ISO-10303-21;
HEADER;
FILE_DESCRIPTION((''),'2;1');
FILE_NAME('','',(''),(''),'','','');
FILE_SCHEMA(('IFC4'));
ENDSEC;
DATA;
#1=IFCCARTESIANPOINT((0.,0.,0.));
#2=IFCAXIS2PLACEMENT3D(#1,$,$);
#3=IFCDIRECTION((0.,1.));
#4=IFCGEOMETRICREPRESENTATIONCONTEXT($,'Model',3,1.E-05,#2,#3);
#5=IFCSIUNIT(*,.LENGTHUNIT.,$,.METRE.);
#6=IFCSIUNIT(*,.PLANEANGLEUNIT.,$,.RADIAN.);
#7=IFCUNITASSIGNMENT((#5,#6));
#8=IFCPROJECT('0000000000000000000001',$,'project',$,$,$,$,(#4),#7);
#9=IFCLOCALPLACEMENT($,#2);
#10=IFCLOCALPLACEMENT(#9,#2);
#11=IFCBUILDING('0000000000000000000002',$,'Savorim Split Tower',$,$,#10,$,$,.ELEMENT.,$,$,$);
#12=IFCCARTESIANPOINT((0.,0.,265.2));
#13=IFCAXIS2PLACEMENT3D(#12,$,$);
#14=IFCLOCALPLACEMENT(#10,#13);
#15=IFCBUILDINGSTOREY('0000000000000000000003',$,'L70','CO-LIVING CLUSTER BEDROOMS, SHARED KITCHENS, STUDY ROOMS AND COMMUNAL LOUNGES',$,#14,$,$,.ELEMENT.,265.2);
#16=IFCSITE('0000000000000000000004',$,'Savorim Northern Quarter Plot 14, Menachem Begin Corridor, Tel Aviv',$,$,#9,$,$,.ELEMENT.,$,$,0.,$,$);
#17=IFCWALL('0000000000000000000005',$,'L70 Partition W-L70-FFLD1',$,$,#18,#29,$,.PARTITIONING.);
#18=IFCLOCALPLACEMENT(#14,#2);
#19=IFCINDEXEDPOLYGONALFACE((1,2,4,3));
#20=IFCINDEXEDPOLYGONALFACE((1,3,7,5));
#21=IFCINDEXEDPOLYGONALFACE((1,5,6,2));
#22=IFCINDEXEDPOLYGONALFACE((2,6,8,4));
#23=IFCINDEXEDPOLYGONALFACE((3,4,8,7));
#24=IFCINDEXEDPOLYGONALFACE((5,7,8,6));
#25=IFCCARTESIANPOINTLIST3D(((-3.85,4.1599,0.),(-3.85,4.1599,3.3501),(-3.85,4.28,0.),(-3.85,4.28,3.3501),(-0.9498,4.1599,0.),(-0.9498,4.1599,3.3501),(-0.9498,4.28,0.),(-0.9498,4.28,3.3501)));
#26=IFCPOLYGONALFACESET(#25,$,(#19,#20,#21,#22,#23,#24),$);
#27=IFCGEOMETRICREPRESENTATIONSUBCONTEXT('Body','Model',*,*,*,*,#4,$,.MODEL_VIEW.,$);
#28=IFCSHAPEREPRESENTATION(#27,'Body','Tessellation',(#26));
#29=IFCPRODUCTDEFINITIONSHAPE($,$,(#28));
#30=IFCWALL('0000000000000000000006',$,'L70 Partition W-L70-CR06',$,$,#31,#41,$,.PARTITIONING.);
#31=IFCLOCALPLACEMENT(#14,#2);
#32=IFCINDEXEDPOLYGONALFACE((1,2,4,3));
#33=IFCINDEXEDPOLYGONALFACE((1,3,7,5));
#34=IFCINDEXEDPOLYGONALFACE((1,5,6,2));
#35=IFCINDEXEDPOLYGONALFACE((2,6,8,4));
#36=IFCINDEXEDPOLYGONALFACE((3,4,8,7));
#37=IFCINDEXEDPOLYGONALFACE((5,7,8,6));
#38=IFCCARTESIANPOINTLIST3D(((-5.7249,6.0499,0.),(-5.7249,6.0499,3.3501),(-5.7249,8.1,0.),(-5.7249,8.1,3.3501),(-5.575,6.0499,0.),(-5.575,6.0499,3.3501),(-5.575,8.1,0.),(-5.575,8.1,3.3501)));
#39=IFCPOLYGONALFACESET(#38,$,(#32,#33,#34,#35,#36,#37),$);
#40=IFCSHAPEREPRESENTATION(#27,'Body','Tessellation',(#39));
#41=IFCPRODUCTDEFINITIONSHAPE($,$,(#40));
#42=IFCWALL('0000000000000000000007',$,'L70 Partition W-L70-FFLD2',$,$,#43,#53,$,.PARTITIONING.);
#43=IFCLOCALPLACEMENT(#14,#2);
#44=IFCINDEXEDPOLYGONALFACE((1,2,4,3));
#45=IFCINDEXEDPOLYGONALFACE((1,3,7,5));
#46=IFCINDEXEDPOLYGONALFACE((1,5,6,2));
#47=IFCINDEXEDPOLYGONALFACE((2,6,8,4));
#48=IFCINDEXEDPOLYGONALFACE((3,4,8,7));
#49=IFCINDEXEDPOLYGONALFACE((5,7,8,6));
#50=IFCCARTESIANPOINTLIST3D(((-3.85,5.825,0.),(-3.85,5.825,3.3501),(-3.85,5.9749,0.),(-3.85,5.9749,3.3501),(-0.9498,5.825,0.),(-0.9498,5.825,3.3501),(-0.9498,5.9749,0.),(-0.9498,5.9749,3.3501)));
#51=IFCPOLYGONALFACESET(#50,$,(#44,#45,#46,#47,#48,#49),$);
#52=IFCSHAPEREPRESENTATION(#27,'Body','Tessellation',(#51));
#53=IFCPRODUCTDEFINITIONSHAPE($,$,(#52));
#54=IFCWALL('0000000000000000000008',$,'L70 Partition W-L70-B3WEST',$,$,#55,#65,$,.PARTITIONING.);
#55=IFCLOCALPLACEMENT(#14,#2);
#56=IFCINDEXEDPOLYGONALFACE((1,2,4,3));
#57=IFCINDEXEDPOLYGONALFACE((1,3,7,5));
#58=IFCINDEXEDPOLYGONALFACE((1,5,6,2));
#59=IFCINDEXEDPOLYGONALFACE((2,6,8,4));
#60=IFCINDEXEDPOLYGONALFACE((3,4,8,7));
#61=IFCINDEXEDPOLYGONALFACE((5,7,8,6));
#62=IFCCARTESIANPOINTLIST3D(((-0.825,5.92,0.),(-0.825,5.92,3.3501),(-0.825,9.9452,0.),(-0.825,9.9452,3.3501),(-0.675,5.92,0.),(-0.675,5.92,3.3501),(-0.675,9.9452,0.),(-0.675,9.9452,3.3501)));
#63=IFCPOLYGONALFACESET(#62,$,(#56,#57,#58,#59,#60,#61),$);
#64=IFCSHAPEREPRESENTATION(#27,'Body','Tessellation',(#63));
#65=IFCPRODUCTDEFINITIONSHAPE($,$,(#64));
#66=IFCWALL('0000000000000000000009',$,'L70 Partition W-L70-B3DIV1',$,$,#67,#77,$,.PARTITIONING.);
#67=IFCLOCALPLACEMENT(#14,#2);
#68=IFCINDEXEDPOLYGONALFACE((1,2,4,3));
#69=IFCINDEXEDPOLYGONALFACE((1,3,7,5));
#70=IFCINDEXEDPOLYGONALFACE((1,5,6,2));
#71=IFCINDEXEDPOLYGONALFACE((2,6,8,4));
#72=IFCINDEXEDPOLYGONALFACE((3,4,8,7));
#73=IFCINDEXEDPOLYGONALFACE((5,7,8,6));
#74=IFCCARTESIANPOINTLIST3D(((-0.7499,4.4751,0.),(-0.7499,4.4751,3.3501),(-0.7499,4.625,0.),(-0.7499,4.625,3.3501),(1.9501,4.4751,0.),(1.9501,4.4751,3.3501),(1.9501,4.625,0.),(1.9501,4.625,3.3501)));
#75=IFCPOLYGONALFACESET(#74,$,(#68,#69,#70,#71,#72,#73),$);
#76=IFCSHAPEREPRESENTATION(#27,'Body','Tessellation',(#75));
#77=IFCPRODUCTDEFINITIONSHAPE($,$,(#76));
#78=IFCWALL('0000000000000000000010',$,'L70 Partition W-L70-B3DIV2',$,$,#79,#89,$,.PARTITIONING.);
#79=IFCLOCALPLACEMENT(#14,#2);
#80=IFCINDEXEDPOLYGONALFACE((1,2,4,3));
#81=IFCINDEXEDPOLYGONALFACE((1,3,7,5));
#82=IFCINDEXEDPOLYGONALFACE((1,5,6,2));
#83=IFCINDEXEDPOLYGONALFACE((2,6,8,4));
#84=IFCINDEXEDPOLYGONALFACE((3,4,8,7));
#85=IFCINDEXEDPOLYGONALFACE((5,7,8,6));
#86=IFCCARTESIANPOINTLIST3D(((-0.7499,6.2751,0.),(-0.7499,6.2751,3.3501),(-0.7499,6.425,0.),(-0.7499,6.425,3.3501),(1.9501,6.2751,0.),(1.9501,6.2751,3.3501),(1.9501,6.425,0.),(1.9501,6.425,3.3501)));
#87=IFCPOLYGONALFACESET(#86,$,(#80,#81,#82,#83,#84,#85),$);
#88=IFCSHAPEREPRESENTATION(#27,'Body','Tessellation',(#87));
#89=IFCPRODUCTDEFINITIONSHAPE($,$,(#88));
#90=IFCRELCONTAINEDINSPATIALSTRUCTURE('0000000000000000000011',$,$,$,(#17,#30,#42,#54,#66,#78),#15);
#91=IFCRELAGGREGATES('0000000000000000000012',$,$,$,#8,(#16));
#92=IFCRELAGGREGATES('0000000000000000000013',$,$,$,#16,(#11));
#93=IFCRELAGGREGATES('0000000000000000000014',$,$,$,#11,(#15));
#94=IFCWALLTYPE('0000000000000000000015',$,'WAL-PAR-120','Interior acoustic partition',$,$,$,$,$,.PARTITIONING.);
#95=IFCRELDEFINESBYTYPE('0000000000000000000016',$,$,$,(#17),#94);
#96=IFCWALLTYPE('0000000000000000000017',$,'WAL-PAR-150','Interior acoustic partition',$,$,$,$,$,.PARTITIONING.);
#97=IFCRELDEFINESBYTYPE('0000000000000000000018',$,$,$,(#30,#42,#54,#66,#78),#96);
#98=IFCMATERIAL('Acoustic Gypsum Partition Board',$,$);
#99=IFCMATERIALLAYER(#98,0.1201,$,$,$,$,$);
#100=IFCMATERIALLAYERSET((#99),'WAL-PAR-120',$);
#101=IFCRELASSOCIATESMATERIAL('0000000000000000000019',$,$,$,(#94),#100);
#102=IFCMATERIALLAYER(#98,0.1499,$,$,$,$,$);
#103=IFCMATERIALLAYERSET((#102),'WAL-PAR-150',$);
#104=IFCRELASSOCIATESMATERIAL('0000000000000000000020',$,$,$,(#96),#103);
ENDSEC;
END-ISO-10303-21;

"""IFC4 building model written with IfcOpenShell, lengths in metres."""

from ifc_helpers import new_model, si_unit, direction, frame, frame_2d, origin, place, context, subcontext, project, spatial, rectangle, extrude, material, layer, layer_set, type_object, element, save


model = new_model("IFC4")

# Units and contexts
model_context = context("Model", 3, precision=1e-05, world=origin(), true_north=direction((0.0, 1.0)))
body_context = subcontext(model_context, "Body", "Model", "MODEL_VIEW")
ifc_project = project(units=[si_unit("LENGTHUNIT", "METRE"), si_unit("PLANEANGLEUNIT", "RADIAN")], contexts=[model_context])

# Site, building, storey
site_placement = place(None, origin())
site = spatial("IfcSite", under=ifc_project, at=site_placement, Name="Savorim Northern Quarter Plot 14, Menachem Begin Corridor, Tel Aviv", CompositionType="ELEMENT", RefElevation=0.0)
building_placement = place(site_placement, origin())
building = spatial("IfcBuilding", under=site, at=building_placement, Name="Savorim Split Tower", CompositionType="ELEMENT")
storey_placement = place(building_placement, frame((0.0, 0.0, 265.2)))
storey = spatial("IfcBuildingStorey", under=building, at=storey_placement, Name="L70", Description="CO-LIVING CLUSTER BEDROOMS, SHARED KITCHENS, STUDY ROOMS AND COMMUNAL LOUNGES", CompositionType="ELEMENT", Elevation=265.2)

# Walls
ifc_material_1 = material(Name="Acoustic Gypsum Partition Board")
ifc_layer_1 = layer(ifc_material_1, 0.1201)
ifc_layer_set_1 = layer_set([ifc_layer_1], Name="WAL-PAR-120")
wall_type_1 = type_object("IfcWallType", Name="WAL-PAR-120", Description="Interior acoustic partition", PredefinedType="PARTITIONING", material=ifc_layer_set_1)
wall_1_placement = place(storey_placement, frame((-3.8501, 4.22, 0.0), z_axis=(0.0, 0.0, 1.0), x_axis=(1.0, 0.0, 0.0)))
element("IfcWall", 1, at=wall_1_placement, inside=storey, type_object=wall_type_1, Name="L70 Partition W-L70-FFLD1", PredefinedType="PARTITIONING", context=body_context, shape_type="SweptSolid", body=[
    extrude(rectangle(XDim=2.9001, YDim=0.1201, at=frame_2d((1.4502, 0.0))), origin(), (0.0, 0.0, 1.0), 3.3501),
])
ifc_layer_2 = layer(ifc_material_1, 0.1499)
ifc_layer_set_2 = layer_set([ifc_layer_2], Name="WAL-PAR-150")
wall_type_2 = type_object("IfcWallType", Name="WAL-PAR-150", Description="Interior acoustic partition", PredefinedType="PARTITIONING", material=ifc_layer_set_2)
wall_2_placement = place(storey_placement, frame((-5.6499, 6.05, 0.0), z_axis=(0.0, 0.0, 1.0), x_axis=(0.0, 1.0, 0.0)))
element("IfcWall", 2, at=wall_2_placement, inside=storey, type_object=wall_type_2, Name="L70 Partition W-L70-CR06", PredefinedType="PARTITIONING", context=body_context, shape_type="SweptSolid", body=[
    extrude(rectangle(XDim=2.05, YDim=0.1499, at=frame_2d((1.0249, 0.0))), origin(), (0.0, 0.0, 1.0), 3.3501),
])
wall_3_placement = place(storey_placement, frame((-3.8501, 5.8999, 0.0), z_axis=(0.0, 0.0, 1.0), x_axis=(1.0, 0.0, 0.0)))
element("IfcWall", 3, at=wall_3_placement, inside=storey, type_object=wall_type_2, Name="L70 Partition W-L70-FFLD2", PredefinedType="PARTITIONING", context=body_context, shape_type="SweptSolid", body=[
    extrude(rectangle(XDim=2.9001, YDim=0.1499, at=frame_2d((1.4502, 0.0))), origin(), (0.0, 0.0, 1.0), 3.3501),
])
wall_4_placement = place(storey_placement, frame((-0.75, 5.9199, 0.0), z_axis=(0.0, 0.0, 1.0), x_axis=(0.0, 1.0, 0.0)))
element("IfcWall", 4, at=wall_4_placement, inside=storey, type_object=wall_type_2, Name="L70 Partition W-L70-B3WEST", PredefinedType="PARTITIONING", context=body_context, shape_type="SweptSolid", body=[
    extrude(rectangle(XDim=4.0251, YDim=0.1499, at=frame_2d((2.0127, 0.0))), origin(), (0.0, 0.0, 1.0), 3.3501),
])
for number, where, z_axis, x_axis, name in (
    (5, (-0.75, 4.55, 0.0), (0.0, 0.0, 1.0), (1.0, 0.0, 0.0), "L70 Partition W-L70-B3DIV1"),
    (6, (-0.75, 6.3501, 0.0), (0.0, 0.0, 1.0), (1.0, 0.0, 0.0), "L70 Partition W-L70-B3DIV2"),
):
    element("IfcWall", number, at=place(storey_placement, frame(where, z_axis=z_axis, x_axis=x_axis)), inside=storey, type_object=wall_type_2, Name=name, PredefinedType="PARTITIONING", context=body_context, shape_type="SweptSolid", body=[
        extrude(rectangle(XDim=2.7, YDim=0.1499, at=frame_2d((1.3501, 0.0))), origin(), (0.0, 0.0, 1.0), 3.3501),
    ])

save(model, "model.ifc")
